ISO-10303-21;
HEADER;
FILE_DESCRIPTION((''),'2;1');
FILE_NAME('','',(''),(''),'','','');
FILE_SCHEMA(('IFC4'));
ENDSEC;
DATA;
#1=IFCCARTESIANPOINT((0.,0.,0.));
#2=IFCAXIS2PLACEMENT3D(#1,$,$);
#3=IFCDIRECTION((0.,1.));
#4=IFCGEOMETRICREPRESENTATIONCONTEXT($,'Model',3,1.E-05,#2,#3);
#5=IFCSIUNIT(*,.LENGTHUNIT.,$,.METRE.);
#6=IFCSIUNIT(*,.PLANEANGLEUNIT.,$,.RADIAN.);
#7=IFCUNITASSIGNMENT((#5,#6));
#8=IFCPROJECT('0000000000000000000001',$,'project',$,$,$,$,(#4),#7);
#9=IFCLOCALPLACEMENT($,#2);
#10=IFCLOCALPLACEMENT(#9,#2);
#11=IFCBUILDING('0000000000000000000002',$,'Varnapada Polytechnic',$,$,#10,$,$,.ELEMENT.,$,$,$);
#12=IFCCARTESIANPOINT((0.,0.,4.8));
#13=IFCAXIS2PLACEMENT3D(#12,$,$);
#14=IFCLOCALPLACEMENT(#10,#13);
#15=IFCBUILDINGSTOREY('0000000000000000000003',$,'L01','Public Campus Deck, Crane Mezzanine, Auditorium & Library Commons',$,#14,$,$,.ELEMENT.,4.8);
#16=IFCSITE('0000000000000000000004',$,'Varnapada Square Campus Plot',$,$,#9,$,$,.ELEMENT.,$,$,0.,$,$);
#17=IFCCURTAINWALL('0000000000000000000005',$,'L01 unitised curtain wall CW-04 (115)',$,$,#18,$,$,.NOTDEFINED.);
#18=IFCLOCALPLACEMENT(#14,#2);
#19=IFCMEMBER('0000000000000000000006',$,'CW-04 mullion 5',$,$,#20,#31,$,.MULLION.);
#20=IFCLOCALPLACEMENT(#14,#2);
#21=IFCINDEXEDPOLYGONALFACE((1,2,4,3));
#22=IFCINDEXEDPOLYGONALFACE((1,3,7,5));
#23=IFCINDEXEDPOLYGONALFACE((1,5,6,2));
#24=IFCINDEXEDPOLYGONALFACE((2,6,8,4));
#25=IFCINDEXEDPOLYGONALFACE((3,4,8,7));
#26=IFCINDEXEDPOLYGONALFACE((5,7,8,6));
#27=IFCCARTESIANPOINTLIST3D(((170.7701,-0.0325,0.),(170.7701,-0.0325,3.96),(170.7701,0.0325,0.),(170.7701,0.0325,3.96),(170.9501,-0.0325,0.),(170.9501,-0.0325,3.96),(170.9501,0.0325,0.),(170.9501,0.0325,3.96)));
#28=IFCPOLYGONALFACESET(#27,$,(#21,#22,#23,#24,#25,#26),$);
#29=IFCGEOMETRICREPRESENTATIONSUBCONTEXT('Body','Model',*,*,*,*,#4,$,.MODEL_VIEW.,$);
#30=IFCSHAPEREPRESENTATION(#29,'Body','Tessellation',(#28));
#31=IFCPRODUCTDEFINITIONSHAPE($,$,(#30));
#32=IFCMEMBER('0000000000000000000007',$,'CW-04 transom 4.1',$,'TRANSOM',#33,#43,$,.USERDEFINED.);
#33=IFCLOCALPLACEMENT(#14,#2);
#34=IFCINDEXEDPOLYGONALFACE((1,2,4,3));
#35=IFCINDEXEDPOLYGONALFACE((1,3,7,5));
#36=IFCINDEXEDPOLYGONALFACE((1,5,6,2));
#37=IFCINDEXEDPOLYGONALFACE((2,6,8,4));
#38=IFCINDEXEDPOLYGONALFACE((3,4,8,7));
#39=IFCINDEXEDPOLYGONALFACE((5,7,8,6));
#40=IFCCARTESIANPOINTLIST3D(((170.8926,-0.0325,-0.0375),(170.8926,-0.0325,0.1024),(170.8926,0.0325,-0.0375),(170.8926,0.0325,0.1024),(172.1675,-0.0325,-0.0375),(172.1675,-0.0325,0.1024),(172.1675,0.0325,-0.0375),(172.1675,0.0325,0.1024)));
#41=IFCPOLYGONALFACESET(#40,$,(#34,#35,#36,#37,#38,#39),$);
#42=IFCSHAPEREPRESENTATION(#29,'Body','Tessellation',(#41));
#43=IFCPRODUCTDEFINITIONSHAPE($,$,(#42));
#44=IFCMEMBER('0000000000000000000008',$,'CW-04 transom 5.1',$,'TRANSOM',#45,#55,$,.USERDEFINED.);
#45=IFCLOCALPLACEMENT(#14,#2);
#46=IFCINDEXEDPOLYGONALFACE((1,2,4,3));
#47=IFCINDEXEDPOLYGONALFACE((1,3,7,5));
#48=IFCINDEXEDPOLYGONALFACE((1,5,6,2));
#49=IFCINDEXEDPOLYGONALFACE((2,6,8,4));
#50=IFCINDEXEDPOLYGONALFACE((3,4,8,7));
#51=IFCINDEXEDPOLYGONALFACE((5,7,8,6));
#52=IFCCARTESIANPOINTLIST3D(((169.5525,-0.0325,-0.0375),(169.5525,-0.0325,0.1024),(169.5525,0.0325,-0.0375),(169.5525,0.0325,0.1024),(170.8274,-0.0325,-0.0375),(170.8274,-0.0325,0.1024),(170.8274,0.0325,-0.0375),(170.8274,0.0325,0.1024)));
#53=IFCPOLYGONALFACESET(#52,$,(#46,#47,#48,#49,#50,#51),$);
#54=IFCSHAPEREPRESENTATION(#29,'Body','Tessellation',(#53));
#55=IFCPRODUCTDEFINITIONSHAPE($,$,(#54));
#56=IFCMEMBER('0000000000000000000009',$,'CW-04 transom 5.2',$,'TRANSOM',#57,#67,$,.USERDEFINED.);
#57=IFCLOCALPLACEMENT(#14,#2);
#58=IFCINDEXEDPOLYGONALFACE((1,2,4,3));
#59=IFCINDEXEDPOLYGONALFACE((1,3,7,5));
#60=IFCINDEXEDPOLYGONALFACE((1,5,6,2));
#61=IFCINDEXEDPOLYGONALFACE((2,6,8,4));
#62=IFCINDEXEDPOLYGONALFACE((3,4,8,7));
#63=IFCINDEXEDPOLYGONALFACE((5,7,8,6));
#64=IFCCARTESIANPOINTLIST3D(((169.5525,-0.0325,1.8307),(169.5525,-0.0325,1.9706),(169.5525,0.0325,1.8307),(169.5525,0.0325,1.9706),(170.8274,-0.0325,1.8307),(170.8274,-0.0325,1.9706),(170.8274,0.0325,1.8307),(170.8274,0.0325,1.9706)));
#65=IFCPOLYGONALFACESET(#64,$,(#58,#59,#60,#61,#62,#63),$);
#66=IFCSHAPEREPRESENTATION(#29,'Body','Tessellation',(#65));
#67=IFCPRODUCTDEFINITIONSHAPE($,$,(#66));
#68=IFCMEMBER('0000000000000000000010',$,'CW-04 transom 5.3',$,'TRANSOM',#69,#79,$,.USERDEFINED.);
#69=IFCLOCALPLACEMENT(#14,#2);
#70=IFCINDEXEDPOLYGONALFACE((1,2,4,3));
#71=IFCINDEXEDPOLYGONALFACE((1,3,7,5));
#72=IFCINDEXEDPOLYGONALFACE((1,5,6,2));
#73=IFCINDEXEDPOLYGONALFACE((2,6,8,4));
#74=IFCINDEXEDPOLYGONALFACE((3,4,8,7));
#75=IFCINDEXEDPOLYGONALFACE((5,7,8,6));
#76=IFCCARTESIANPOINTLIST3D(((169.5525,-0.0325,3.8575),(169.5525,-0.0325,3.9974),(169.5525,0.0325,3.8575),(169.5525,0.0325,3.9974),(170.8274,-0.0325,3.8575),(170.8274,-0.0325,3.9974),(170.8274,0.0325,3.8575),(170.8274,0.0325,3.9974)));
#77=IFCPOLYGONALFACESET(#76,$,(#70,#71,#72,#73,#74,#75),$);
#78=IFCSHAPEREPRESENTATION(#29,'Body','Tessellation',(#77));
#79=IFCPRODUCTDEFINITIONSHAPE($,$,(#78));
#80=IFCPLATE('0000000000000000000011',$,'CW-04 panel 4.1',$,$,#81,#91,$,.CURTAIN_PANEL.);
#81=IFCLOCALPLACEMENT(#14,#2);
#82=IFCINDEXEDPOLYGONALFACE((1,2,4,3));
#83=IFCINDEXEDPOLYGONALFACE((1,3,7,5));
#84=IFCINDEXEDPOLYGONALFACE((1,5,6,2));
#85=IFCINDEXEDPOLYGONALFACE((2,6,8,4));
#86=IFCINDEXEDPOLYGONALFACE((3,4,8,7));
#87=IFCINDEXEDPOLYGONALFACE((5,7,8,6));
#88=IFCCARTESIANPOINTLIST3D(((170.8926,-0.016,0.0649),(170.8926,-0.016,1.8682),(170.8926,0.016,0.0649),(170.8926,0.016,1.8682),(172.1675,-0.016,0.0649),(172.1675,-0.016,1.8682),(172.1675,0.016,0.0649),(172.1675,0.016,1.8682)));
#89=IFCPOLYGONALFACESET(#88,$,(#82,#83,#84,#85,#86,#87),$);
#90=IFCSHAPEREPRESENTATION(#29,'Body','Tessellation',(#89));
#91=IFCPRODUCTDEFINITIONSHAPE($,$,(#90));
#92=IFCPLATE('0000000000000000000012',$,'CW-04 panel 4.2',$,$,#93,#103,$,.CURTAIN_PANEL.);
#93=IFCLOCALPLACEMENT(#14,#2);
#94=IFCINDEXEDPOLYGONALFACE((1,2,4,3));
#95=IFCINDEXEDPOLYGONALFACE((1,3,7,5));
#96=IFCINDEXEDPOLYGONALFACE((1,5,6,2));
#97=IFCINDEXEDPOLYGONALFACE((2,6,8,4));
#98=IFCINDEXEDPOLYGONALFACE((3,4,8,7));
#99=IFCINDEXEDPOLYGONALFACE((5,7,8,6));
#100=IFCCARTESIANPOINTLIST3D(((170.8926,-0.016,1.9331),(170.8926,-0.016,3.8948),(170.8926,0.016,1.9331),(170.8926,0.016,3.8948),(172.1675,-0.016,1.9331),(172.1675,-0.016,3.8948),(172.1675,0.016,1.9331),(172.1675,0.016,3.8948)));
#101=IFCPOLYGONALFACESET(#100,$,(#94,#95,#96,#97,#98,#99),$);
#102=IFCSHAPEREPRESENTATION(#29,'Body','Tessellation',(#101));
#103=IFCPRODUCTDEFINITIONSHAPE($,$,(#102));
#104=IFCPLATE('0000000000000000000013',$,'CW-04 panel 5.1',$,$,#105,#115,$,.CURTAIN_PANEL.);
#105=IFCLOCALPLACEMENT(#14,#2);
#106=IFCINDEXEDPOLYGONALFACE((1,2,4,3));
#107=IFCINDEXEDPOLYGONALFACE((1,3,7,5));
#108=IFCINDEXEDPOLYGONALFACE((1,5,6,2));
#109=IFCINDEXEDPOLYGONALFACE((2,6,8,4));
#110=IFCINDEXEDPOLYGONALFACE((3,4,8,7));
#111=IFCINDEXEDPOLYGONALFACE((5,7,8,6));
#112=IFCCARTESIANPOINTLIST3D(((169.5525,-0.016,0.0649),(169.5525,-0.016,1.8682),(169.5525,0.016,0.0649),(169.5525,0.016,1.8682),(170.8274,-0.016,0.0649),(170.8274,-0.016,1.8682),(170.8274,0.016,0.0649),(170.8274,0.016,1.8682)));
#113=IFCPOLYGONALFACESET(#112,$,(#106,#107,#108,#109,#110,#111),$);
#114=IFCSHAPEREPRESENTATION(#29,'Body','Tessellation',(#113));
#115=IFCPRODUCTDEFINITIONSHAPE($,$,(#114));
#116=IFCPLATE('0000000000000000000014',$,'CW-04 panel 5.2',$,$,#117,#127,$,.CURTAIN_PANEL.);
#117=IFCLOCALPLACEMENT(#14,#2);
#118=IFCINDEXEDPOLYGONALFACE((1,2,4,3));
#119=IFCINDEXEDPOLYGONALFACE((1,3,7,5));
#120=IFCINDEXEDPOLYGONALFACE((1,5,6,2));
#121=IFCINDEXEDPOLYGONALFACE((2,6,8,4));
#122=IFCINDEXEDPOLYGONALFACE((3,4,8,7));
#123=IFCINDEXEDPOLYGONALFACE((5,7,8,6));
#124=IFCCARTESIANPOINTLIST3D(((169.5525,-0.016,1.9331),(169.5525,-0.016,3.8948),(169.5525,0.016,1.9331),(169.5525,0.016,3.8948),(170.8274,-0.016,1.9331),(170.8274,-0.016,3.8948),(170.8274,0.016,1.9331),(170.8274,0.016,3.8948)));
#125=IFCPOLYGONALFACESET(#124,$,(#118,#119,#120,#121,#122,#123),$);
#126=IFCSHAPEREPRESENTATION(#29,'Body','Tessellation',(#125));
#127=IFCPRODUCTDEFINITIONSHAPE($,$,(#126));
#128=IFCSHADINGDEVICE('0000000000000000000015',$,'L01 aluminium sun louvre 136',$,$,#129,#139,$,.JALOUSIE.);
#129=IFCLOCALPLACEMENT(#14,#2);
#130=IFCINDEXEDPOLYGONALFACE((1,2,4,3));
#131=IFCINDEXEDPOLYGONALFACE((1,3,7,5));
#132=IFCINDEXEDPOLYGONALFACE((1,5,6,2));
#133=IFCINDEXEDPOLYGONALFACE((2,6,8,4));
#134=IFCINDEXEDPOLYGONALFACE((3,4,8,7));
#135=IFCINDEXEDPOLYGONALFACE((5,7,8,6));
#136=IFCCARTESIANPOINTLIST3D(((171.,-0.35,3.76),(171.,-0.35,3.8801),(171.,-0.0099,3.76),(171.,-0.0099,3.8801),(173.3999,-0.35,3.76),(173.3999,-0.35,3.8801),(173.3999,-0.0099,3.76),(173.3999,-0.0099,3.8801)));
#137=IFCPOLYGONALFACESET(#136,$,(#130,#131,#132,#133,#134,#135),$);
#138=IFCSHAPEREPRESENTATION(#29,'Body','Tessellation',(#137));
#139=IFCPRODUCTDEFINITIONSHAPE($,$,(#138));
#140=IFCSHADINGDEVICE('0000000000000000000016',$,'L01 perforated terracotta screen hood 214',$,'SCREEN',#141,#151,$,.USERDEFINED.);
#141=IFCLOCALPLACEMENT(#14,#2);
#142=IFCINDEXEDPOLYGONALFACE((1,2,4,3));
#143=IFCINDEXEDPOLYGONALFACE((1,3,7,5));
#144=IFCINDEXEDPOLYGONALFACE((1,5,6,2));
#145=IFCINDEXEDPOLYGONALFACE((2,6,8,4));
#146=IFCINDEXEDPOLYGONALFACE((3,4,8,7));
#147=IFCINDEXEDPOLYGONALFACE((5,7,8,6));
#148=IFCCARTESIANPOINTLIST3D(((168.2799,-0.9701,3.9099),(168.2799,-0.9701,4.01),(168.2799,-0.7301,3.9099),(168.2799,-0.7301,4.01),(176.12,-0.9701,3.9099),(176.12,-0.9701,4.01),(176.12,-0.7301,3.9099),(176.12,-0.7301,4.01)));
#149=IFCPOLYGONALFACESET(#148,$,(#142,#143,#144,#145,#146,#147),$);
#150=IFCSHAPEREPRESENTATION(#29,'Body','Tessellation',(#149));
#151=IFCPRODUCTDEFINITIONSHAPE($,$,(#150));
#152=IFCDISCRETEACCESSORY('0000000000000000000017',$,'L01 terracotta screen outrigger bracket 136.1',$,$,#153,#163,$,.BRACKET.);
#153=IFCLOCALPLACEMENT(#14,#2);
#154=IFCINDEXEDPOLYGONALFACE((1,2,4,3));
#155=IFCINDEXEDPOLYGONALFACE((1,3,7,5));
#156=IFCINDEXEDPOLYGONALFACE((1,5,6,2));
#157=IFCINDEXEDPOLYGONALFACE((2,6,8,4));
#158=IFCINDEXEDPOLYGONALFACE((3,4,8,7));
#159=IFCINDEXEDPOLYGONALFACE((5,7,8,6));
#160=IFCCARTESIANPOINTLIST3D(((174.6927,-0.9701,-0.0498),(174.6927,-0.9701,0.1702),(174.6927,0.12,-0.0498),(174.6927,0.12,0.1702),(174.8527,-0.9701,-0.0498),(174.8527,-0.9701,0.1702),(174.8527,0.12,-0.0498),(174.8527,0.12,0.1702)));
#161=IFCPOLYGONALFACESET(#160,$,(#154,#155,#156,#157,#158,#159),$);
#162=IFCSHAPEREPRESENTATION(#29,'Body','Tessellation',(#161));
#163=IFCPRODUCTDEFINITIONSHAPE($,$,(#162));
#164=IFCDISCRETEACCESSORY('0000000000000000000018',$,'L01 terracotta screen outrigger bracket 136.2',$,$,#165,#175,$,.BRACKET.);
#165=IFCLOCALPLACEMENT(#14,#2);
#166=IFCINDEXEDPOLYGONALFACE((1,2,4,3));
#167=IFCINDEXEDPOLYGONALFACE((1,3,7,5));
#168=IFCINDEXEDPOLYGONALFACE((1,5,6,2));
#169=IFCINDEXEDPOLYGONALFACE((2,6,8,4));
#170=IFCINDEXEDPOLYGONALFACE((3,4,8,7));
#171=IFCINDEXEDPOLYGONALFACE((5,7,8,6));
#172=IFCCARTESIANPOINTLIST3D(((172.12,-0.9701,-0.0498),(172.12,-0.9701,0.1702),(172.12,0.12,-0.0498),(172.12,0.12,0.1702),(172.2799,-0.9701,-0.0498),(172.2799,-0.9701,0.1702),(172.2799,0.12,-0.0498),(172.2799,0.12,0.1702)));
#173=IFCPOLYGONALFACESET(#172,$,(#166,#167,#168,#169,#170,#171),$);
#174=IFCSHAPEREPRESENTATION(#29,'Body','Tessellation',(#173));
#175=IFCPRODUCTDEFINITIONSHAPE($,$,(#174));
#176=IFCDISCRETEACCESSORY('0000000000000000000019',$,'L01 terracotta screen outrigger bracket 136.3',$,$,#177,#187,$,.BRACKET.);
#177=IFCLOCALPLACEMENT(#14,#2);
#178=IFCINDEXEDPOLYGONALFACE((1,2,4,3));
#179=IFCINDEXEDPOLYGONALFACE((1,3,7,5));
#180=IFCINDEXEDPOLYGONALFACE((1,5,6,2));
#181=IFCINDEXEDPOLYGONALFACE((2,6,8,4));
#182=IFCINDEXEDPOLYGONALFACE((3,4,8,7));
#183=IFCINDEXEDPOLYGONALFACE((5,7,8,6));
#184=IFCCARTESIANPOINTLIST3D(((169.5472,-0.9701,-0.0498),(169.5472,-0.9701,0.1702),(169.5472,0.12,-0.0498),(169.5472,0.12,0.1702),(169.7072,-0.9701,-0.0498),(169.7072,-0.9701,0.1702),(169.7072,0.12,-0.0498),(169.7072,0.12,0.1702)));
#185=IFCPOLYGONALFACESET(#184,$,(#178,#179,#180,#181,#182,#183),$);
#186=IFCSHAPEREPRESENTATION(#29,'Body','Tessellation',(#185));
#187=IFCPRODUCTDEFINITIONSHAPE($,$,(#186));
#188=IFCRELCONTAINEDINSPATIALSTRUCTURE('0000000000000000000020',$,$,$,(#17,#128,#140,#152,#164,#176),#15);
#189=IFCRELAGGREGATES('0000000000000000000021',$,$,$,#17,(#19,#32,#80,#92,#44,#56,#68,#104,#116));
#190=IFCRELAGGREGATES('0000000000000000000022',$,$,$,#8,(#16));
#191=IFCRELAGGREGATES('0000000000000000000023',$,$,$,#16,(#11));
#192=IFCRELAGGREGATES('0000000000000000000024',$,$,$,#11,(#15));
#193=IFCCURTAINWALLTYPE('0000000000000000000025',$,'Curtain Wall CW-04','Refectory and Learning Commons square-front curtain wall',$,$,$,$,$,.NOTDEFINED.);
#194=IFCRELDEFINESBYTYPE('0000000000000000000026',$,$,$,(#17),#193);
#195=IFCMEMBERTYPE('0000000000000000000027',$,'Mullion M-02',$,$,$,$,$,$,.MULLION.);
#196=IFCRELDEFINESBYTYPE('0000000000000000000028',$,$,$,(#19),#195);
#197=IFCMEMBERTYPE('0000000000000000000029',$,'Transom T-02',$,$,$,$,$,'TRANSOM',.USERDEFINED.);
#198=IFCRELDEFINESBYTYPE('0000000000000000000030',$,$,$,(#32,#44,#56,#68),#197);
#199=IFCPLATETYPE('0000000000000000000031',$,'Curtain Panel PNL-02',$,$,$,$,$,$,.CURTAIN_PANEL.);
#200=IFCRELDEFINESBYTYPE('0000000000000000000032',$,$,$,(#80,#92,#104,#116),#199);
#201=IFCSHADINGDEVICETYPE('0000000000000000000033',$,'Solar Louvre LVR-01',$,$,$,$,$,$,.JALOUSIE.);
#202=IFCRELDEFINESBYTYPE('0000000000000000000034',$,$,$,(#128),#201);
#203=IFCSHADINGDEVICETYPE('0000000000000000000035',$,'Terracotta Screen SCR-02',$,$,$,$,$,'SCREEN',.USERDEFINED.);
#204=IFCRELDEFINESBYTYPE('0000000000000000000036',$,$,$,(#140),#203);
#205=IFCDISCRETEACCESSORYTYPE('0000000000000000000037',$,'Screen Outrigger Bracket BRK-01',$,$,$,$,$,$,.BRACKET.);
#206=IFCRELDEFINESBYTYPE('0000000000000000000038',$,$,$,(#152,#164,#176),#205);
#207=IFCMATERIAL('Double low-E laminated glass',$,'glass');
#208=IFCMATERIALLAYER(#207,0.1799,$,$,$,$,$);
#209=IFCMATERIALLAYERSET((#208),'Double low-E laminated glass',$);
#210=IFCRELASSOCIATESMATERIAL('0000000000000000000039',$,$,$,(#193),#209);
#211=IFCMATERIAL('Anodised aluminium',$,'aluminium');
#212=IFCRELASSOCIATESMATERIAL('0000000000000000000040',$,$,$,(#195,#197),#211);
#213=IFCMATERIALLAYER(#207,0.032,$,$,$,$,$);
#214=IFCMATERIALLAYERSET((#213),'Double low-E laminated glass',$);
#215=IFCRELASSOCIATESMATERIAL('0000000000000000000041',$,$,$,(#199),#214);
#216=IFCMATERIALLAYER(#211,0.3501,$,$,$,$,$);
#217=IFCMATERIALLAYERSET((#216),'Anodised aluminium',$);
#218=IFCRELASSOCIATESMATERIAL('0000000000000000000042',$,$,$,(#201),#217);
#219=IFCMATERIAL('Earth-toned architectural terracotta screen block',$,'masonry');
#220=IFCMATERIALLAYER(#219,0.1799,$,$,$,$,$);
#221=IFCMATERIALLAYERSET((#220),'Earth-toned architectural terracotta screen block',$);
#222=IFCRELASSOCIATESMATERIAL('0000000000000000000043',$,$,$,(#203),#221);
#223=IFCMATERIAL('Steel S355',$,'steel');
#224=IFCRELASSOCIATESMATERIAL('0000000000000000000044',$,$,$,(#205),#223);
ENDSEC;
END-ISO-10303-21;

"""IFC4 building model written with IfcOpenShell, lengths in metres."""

from ifc_helpers import new_model, si_unit, direction, frame, origin, origin_2d, place, context, subcontext, project, spatial, rectangle, extrude, material, layer, layer_set, material_profile, profile_set, type_object, element, aggregate, save


model = new_model("IFC4")

# Units and contexts
model_context = context("Model", 3, precision=1e-05, world=origin(), true_north=direction((0.0, 1.0)))
body_context = subcontext(model_context, "Body", "Model", "MODEL_VIEW")
ifc_project = project(units=[si_unit("LENGTHUNIT", "METRE"), si_unit("PLANEANGLEUNIT", "RADIAN")], contexts=[model_context])

# Site, building, storey
site_placement = place(None, origin())
site = spatial("IfcSite", under=ifc_project, at=site_placement, Name="Varnapada Square Campus Plot", CompositionType="ELEMENT", RefElevation=0.0)
building_placement = place(site_placement, origin())
building = spatial("IfcBuilding", under=site, at=building_placement, Name="Varnapada Polytechnic", CompositionType="ELEMENT")
storey_placement = place(building_placement, frame((0.0, 0.0, 4.8)))
storey = spatial("IfcBuildingStorey", under=building, at=storey_placement, Name="L01", Description="Public Campus Deck, Crane Mezzanine, Auditorium & Library Commons", CompositionType="ELEMENT", Elevation=4.8)

# Curtain wall, members, plates
ifc_material_1 = material(Name="Double low-E laminated glass", Category="glass")
ifc_layer_1 = layer(ifc_material_1, 0.1799)
ifc_layer_set_1 = layer_set([ifc_layer_1], Name="Double low-E laminated glass")
curtain_wall_type = type_object("IfcCurtainWallType", Name="Curtain Wall CW-04", Description="Refectory and Learning Commons square-front curtain wall", PredefinedType="NOTDEFINED", material=ifc_layer_set_1)
curtain_wall_placement = place(storey_placement, origin())
curtain_wall = element("IfcCurtainWall", 1, at=curtain_wall_placement, inside=storey, type_object=curtain_wall_type, Name="L01 unitised curtain wall CW-04 (115)", PredefinedType="NOTDEFINED")
ifc_material_2 = material(Name="Anodised aluminium", Category="aluminium")
ifc_material_profile_1 = material_profile(ifc_material_2, rectangle(XDim=0.0649, YDim=0.1799, at=origin_2d()), Name="ALU M65x180")
ifc_profile_set_1 = profile_set([ifc_material_profile_1], Name="Anodised aluminium")
member_type_1 = type_object("IfcMemberType", Name="Mullion M-02", PredefinedType="MULLION", material=ifc_profile_set_1)
member_1_placement = place(storey_placement, frame((170.8601, 0.0, 0.0), z_axis=(0.0, 0.0, 1.0), x_axis=(0.0, -1.0, 0.0)))
member_1 = element("IfcMember", 2, at=member_1_placement, type_object=member_type_1, Name="CW-04 mullion 5", PredefinedType="MULLION", context=body_context, shape_type="SweptSolid", body=[
    extrude(rectangle(XDim=0.0649, YDim=0.1799, at=origin_2d()), origin(), (0.0, 0.0, 1.0), 3.96),
])
ifc_material_profile_2 = material_profile(ifc_material_2, rectangle(XDim=0.0649, YDim=0.1399, at=origin_2d()), Name="ALU T65x140")
ifc_profile_set_2 = profile_set([ifc_material_profile_2], Name="Anodised aluminium")
member_type_2 = type_object("IfcMemberType", Name="Transom T-02", ElementType="TRANSOM", PredefinedType="USERDEFINED", material=ifc_profile_set_2)
member_2_placement = place(storey_placement, frame((172.1675, 0.0, 0.0325), z_axis=(-1.0, 0.0, 0.0), x_axis=(0.0, -1.0, 0.0)))
member_2 = element("IfcMember", 3, at=member_2_placement, type_object=member_type_2, Name="CW-04 transom 4.1", ObjectType="TRANSOM", PredefinedType="USERDEFINED", context=body_context, shape_type="SweptSolid", body=[
    extrude(rectangle(XDim=0.0649, YDim=0.1399, at=origin_2d()), origin(), (0.0, 0.0, 1.0), 1.2749),
])
member_3_placement = place(storey_placement, frame((170.8274, 0.0, 0.0325), z_axis=(-1.0, 0.0, 0.0), x_axis=(0.0, -1.0, 0.0)))
member_3 = element("IfcMember", 4, at=member_3_placement, type_object=member_type_2, Name="CW-04 transom 5.1", ObjectType="TRANSOM", PredefinedType="USERDEFINED", context=body_context, shape_type="SweptSolid", body=[
    extrude(rectangle(XDim=0.0649, YDim=0.1399, at=origin_2d()), origin(), (0.0, 0.0, 1.0), 1.2749),
])
member_4_placement = place(storey_placement, frame((170.8274, 0.0, 1.9006), z_axis=(-1.0, 0.0, 0.0), x_axis=(0.0, -1.0, 0.0)))
member_4 = element("IfcMember", 5, at=member_4_placement, type_object=member_type_2, Name="CW-04 transom 5.2", ObjectType="TRANSOM", PredefinedType="USERDEFINED", context=body_context, shape_type="SweptSolid", body=[
    extrude(rectangle(XDim=0.0649, YDim=0.1399, at=origin_2d()), origin(), (0.0, 0.0, 1.0), 1.2749),
])
member_5_placement = place(storey_placement, frame((170.8274, 0.0, 3.9275), z_axis=(-1.0, 0.0, 0.0), x_axis=(0.0, -1.0, 0.0)))
member_5 = element("IfcMember", 6, at=member_5_placement, type_object=member_type_2, Name="CW-04 transom 5.3", ObjectType="TRANSOM", PredefinedType="USERDEFINED", context=body_context, shape_type="SweptSolid", body=[
    extrude(rectangle(XDim=0.0649, YDim=0.1399, at=origin_2d()), origin(), (0.0, 0.0, 1.0), 1.2749),
])
ifc_layer_2 = layer(ifc_material_1, 0.032)
ifc_layer_set_2 = layer_set([ifc_layer_2], Name="Double low-E laminated glass")
plate_type = type_object("IfcPlateType", Name="Curtain Panel PNL-02", PredefinedType="CURTAIN_PANEL", material=ifc_layer_set_2)
plate_1_placement = place(storey_placement, frame((171.53, 0.0, 0.0649), z_axis=(0.0, 0.0, 1.0), x_axis=(-1.0, 0.0, 0.0)))
plate_1 = element("IfcPlate", 7, at=plate_1_placement, type_object=plate_type, Name="CW-04 panel 4.1", PredefinedType="CURTAIN_PANEL", context=body_context, shape_type="SweptSolid", body=[
    extrude(rectangle(XDim=1.2749, YDim=0.032, at=origin_2d()), origin(), (0.0, 0.0, 1.0), 1.8032),
])
plate_2_placement = place(storey_placement, frame((171.53, 0.0, 1.9331), z_axis=(0.0, 0.0, 1.0), x_axis=(-1.0, 0.0, 0.0)))
plate_2 = element("IfcPlate", 8, at=plate_2_placement, type_object=plate_type, Name="CW-04 panel 4.2", PredefinedType="CURTAIN_PANEL", context=body_context, shape_type="SweptSolid", body=[
    extrude(rectangle(XDim=1.2749, YDim=0.032, at=origin_2d()), origin(), (0.0, 0.0, 1.0), 1.9617),
])
plate_3_placement = place(storey_placement, frame((170.1899, 0.0, 0.0649), z_axis=(0.0, 0.0, 1.0), x_axis=(-1.0, 0.0, 0.0)))
plate_3 = element("IfcPlate", 9, at=plate_3_placement, type_object=plate_type, Name="CW-04 panel 5.1", PredefinedType="CURTAIN_PANEL", context=body_context, shape_type="SweptSolid", body=[
    extrude(rectangle(XDim=1.2749, YDim=0.032, at=origin_2d()), origin(), (0.0, 0.0, 1.0), 1.8032),
])
plate_4_placement = place(storey_placement, frame((170.1899, 0.0, 1.9331), z_axis=(0.0, 0.0, 1.0), x_axis=(-1.0, 0.0, 0.0)))
plate_4 = element("IfcPlate", 10, at=plate_4_placement, type_object=plate_type, Name="CW-04 panel 5.2", PredefinedType="CURTAIN_PANEL", context=body_context, shape_type="SweptSolid", body=[
    extrude(rectangle(XDim=1.2749, YDim=0.032, at=origin_2d()), origin(), (0.0, 0.0, 1.0), 1.9617),
])
aggregate(curtain_wall, [member_1, member_2, plate_1, plate_2, member_3, member_4, member_5, plate_3, plate_4])

# Shading devices
ifc_layer_3 = layer(ifc_material_2, 0.3501)
ifc_layer_set_3 = layer_set([ifc_layer_3], Name="Anodised aluminium")
shading_device_type_1 = type_object("IfcShadingDeviceType", Name="Solar Louvre LVR-01", PredefinedType="JALOUSIE", material=ifc_layer_set_3)
shading_device_1_placement = place(storey_placement, frame((172.2, -0.1799, 3.76), z_axis=(0.0, 0.0, 1.0), x_axis=(-1.0, 0.0, 0.0)))
element("IfcShadingDevice", 11, at=shading_device_1_placement, inside=storey, type_object=shading_device_type_1, Name="L01 aluminium sun louvre 136", PredefinedType="JALOUSIE", context=body_context, shape_type="SweptSolid", body=[
    extrude(rectangle(XDim=2.3999, YDim=0.3401, at=origin_2d()), origin(), (0.0, 0.0, 1.0), 0.1201),
])
ifc_material_3 = material(Name="Earth-toned architectural terracotta screen block", Category="masonry")
ifc_layer_4 = layer(ifc_material_3, 0.1799)
ifc_layer_set_4 = layer_set([ifc_layer_4], Name="Earth-toned architectural terracotta screen block")
shading_device_type_2 = type_object("IfcShadingDeviceType", Name="Terracotta Screen SCR-02", ElementType="SCREEN", PredefinedType="USERDEFINED", material=ifc_layer_set_4)
shading_device_2_placement = place(storey_placement, frame((172.2, -0.8501, 3.9099), z_axis=(0.0, 0.0, 1.0), x_axis=(-1.0, 0.0, 0.0)))
element("IfcShadingDevice", 12, at=shading_device_2_placement, inside=storey, type_object=shading_device_type_2, Name="L01 perforated terracotta screen hood 214", ObjectType="SCREEN", PredefinedType="USERDEFINED", context=body_context, shape_type="SweptSolid", body=[
    extrude(rectangle(XDim=7.8401, YDim=0.24, at=origin_2d()), origin(), (0.0, 0.0, 1.0), 0.1001),
])

# Discrete accessories
ifc_material_4 = material(Name="Steel S355", Category="steel")
discrete_accessory_type = type_object("IfcDiscreteAccessoryType", Name="Screen Outrigger Bracket BRK-01", PredefinedType="BRACKET", material=ifc_material_4)
for number, where, z_axis, x_axis, name in (
    (13, (174.7727, -0.425, -0.0498), (0.0, 0.0, 1.0), (-1.0, 0.0, 0.0), "L01 terracotta screen outrigger bracket 136.1"),
    (14, (172.2, -0.425, -0.0498), (0.0, 0.0, 1.0), (-1.0, 0.0, 0.0), "L01 terracotta screen outrigger bracket 136.2"),
    (15, (169.6272, -0.425, -0.0498), (0.0, 0.0, 1.0), (-1.0, 0.0, 0.0), "L01 terracotta screen outrigger bracket 136.3"),
):
    element("IfcDiscreteAccessory", number, at=place(storey_placement, frame(where, z_axis=z_axis, x_axis=x_axis)), inside=storey, type_object=discrete_accessory_type, Name=name, PredefinedType="BRACKET", context=body_context, shape_type="SweptSolid", body=[
        extrude(rectangle(XDim=0.1599, YDim=1.0901, at=origin_2d()), origin(), (0.0, 0.0, 1.0), 0.22),
    ])

save(model, "model.ifc")
